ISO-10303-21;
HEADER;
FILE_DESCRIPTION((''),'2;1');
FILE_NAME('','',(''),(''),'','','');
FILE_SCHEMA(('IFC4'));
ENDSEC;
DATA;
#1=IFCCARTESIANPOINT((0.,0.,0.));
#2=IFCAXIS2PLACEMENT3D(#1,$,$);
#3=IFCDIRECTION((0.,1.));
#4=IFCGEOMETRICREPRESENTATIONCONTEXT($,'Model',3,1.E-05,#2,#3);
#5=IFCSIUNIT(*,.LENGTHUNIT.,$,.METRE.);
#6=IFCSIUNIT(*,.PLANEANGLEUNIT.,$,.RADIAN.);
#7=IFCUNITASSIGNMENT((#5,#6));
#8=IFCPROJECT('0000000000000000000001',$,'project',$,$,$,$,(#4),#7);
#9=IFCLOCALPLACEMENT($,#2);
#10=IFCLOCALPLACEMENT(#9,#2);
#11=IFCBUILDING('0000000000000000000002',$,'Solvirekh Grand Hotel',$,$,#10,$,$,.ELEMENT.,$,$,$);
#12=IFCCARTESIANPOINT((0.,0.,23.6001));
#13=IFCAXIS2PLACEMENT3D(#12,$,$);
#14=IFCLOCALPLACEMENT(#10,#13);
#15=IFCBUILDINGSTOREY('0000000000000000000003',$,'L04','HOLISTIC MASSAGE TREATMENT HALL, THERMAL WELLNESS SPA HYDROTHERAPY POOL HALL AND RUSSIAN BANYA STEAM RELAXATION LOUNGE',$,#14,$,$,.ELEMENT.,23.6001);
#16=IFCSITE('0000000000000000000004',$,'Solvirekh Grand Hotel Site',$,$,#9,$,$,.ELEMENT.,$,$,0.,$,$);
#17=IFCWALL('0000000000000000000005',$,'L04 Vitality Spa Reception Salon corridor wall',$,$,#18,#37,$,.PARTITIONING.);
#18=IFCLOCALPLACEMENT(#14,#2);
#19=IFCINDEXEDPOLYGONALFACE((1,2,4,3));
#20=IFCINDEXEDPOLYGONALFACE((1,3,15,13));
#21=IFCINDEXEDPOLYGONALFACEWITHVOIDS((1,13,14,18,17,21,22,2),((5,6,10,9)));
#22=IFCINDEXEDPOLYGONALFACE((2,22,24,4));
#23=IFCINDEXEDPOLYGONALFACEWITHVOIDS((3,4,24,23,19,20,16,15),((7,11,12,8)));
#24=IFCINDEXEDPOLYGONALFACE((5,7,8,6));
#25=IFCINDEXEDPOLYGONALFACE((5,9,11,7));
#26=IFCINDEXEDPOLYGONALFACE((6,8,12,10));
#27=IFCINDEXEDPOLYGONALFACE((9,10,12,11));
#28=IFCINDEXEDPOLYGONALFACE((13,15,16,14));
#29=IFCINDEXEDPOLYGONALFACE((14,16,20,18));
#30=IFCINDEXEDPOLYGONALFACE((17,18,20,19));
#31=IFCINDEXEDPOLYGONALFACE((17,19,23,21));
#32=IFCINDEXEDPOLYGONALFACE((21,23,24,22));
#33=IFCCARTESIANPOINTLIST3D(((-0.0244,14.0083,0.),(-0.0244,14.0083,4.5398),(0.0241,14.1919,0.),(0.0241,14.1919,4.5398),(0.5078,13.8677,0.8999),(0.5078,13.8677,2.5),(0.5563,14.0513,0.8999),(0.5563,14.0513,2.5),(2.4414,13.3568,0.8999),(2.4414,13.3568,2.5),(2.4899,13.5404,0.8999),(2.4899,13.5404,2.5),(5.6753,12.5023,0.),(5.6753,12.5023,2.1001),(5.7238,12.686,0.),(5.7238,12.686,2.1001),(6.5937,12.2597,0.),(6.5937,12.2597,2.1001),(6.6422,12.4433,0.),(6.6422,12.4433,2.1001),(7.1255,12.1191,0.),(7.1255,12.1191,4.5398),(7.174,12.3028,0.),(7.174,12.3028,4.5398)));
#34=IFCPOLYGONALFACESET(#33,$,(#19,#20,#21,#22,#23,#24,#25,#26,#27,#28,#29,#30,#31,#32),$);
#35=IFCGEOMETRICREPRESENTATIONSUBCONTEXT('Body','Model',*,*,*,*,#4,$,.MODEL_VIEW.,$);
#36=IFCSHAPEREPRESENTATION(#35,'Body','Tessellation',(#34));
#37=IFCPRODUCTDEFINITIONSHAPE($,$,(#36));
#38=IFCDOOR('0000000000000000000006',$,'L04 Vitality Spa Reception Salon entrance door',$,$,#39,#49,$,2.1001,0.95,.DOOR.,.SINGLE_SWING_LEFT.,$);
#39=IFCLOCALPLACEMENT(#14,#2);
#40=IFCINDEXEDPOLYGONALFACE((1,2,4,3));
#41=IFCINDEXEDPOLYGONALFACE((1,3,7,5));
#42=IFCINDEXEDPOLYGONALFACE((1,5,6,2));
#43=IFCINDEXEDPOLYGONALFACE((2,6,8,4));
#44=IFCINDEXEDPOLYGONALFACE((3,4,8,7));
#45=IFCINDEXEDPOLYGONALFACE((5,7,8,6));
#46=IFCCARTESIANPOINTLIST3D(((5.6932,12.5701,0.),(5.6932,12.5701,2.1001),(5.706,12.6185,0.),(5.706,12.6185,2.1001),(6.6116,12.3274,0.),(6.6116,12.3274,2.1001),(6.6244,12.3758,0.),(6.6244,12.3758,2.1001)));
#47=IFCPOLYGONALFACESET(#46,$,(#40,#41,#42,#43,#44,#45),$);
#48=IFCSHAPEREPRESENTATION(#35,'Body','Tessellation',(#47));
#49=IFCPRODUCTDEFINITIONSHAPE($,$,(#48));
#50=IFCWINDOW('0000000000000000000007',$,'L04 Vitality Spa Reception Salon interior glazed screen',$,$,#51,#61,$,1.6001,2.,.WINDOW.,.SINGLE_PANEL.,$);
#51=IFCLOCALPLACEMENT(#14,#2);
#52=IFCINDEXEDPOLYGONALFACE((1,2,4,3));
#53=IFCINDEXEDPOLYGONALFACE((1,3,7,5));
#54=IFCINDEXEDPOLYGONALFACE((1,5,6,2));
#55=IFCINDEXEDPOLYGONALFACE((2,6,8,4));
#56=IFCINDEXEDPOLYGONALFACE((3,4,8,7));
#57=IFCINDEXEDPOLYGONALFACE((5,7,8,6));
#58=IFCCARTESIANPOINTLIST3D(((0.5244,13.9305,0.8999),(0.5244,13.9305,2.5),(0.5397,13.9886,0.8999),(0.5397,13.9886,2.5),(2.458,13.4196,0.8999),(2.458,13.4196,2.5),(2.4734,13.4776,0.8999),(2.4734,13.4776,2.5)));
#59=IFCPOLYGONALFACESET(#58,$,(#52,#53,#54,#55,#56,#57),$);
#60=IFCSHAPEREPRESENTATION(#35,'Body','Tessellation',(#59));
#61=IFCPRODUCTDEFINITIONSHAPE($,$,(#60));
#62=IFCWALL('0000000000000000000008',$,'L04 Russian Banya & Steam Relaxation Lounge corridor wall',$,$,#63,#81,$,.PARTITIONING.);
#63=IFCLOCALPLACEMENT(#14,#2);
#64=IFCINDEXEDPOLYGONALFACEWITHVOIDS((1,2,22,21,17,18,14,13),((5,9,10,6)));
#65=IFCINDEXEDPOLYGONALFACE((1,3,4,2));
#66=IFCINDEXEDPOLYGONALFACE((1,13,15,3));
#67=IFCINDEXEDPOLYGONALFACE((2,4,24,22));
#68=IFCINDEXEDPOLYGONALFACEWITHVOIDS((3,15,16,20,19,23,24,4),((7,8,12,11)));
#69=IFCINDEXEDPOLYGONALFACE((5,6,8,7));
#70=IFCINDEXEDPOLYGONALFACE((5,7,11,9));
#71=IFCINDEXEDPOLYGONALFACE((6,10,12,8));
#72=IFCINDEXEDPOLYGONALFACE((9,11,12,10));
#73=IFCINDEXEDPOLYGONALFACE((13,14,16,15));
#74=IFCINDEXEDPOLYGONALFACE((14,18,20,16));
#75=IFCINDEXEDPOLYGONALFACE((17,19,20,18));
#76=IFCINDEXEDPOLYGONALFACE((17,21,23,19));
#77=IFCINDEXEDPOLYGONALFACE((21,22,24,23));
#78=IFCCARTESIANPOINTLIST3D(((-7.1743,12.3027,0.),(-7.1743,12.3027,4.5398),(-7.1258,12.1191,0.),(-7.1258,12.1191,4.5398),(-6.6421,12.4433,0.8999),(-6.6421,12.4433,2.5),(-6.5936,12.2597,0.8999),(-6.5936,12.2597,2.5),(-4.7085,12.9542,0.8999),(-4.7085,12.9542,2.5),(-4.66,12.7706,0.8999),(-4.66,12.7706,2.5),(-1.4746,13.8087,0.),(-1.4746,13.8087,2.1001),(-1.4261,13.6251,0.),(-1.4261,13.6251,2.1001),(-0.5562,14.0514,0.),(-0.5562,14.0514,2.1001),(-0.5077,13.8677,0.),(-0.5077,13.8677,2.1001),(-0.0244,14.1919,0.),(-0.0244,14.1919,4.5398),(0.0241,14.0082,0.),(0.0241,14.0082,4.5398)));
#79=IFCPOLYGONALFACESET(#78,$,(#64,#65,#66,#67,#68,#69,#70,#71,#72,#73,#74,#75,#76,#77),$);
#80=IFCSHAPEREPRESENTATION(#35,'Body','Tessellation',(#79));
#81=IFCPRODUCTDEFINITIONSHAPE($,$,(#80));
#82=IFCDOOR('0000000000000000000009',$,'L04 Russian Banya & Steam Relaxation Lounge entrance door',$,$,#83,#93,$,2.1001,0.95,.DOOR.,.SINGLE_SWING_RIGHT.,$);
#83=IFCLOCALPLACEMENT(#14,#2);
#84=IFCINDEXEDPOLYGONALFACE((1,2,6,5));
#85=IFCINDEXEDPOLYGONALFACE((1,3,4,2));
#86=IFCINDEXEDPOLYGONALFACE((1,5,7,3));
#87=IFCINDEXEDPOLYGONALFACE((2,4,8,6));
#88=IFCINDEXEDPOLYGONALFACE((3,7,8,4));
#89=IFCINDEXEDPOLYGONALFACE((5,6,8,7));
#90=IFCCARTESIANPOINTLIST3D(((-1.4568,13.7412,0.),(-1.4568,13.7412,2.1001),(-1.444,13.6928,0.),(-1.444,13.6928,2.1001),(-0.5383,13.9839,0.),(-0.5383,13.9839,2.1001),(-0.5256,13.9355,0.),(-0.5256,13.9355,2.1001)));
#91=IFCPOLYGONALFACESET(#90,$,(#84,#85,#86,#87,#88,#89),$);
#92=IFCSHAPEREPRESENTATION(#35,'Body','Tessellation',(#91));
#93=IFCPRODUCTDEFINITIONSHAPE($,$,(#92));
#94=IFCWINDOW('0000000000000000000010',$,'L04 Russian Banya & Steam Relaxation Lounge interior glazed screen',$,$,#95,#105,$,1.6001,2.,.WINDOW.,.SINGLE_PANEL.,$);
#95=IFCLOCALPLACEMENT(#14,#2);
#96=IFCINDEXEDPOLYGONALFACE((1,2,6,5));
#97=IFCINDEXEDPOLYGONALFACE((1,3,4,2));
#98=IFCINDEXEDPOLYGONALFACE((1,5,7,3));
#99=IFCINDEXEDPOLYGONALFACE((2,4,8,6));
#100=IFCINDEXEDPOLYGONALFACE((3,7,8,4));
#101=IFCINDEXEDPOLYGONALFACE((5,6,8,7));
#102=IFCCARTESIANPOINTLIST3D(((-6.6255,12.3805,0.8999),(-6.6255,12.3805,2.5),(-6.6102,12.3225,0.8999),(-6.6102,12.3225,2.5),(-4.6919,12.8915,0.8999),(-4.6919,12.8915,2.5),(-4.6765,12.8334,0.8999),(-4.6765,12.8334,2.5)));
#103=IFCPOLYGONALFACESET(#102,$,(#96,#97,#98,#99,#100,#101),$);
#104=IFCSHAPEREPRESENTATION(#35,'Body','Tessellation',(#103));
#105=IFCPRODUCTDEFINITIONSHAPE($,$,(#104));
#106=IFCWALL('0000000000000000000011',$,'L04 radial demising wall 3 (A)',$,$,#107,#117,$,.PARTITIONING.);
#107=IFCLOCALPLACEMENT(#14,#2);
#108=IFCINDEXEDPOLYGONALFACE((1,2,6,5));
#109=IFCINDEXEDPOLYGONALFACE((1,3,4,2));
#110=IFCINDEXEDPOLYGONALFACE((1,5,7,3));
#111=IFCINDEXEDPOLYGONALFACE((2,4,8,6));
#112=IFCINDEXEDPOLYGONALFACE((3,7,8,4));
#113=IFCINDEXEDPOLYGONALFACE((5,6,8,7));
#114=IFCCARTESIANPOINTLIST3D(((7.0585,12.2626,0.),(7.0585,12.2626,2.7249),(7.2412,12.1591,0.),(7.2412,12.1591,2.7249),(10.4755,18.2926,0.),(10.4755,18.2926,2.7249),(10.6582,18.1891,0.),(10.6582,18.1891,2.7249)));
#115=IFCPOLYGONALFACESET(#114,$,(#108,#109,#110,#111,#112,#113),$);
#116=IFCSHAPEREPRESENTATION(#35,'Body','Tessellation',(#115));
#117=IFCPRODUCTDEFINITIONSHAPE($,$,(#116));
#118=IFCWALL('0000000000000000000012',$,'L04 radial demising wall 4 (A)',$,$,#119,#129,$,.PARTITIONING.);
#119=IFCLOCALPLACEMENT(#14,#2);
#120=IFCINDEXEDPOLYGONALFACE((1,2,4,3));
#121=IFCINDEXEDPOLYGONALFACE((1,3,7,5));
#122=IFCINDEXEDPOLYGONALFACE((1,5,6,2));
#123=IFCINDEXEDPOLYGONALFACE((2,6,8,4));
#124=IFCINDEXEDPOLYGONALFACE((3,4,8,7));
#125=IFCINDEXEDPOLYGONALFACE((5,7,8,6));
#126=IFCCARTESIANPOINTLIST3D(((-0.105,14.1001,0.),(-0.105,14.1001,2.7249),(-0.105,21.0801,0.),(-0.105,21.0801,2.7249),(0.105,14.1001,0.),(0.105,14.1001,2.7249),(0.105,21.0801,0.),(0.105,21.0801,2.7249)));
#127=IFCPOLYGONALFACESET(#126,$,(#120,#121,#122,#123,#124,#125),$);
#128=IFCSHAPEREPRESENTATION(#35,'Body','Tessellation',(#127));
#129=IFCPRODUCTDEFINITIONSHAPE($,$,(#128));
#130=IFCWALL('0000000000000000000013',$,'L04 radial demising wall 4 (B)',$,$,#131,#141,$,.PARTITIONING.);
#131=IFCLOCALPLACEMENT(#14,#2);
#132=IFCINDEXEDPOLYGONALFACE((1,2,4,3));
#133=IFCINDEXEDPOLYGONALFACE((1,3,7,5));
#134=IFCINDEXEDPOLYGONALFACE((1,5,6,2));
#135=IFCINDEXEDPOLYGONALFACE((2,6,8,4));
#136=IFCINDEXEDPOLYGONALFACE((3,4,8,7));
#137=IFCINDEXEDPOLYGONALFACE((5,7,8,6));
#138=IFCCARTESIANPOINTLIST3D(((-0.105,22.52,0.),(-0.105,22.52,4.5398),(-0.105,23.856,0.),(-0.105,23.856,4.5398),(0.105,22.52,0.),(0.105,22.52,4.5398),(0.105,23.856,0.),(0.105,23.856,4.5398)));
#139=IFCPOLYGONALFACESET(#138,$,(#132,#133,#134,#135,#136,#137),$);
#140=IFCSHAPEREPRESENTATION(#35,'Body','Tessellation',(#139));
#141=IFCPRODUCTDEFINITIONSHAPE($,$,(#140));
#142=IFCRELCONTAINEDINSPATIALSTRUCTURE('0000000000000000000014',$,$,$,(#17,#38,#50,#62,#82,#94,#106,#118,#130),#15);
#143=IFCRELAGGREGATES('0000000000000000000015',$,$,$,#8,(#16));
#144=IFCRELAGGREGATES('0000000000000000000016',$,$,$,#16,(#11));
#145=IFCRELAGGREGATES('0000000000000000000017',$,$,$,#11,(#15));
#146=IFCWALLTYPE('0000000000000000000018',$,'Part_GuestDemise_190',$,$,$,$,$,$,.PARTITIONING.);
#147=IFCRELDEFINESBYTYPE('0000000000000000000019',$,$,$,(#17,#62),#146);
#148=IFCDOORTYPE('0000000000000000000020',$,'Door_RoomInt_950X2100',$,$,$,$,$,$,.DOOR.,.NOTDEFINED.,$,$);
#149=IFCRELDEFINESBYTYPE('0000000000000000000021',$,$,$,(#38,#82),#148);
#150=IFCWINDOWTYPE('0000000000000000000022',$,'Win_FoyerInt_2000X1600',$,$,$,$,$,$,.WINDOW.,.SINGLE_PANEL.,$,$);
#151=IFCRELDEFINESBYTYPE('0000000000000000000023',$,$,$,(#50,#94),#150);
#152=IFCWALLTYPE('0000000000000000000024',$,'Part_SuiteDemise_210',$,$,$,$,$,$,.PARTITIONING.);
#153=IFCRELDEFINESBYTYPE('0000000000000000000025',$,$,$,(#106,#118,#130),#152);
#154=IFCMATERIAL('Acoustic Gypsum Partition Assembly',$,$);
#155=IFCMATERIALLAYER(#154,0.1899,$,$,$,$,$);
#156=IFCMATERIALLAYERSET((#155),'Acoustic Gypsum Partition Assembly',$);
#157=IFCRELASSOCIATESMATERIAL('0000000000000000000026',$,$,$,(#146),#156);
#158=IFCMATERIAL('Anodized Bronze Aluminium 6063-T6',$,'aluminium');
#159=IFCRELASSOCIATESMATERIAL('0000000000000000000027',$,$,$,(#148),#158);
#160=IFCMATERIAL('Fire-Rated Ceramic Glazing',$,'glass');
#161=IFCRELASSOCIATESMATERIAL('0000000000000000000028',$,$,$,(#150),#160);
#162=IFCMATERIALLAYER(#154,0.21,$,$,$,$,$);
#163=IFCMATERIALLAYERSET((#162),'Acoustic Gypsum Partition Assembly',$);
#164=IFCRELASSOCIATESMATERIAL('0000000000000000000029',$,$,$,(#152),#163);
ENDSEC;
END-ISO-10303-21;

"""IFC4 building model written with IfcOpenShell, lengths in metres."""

from ifc_helpers import new_model, si_unit, direction, frame, frame_2d, origin, place, context, subcontext, project, spatial, rectangle, extrude, material, layer, layer_set, type_object, element, fill, save


model = new_model("IFC4")

# Units and contexts
model_context = context("Model", 3, precision=1e-05, world=origin(), true_north=direction((0.0, 1.0)))
body_context = subcontext(model_context, "Body", "Model", "MODEL_VIEW")
ifc_project = project(units=[si_unit("LENGTHUNIT", "METRE"), si_unit("PLANEANGLEUNIT", "RADIAN")], contexts=[model_context])

# Site, building, storey
site_placement = place(None, origin())
site = spatial("IfcSite", under=ifc_project, at=site_placement, Name="Solvirekh Grand Hotel Site", CompositionType="ELEMENT", RefElevation=0.0)
building_placement = place(site_placement, origin())
building = spatial("IfcBuilding", under=site, at=building_placement, Name="Solvirekh Grand Hotel", CompositionType="ELEMENT")
storey_placement = place(building_placement, frame((0.0, 0.0, 23.6001)))
storey = spatial("IfcBuildingStorey", under=building, at=storey_placement, Name="L04", Description="HOLISTIC MASSAGE TREATMENT HALL, THERMAL WELLNESS SPA HYDROTHERAPY POOL HALL AND RUSSIAN BANYA STEAM RELAXATION LOUNGE", CompositionType="ELEMENT", Elevation=23.6001)

# Shared definitions
ifc_material_1 = material(Name="Anodized Bronze Aluminium 6063-T6", Category="aluminium")

# Walls, openings, doors, windows
ifc_material_2 = material(Name="Acoustic Gypsum Partition Assembly")
ifc_layer_1 = layer(ifc_material_2, 0.1899)
ifc_layer_set_1 = layer_set([ifc_layer_1], Name="Acoustic Gypsum Partition Assembly")
wall_type_1 = type_object("IfcWallType", Name="Part_GuestDemise_190", PredefinedType="PARTITIONING", material=ifc_layer_set_1)
wall_1_placement = place(storey_placement, frame((7.1499, 12.2109, 0.0), z_axis=(0.0, 0.0, 1.0), x_axis=(-0.966821, 0.255455, 0.0)))
wall_1 = element("IfcWall", 1, at=wall_1_placement, inside=storey, type_object=wall_type_1, Name="L04 Vitality Spa Reception Salon corridor wall", PredefinedType="PARTITIONING", context=body_context, shape_type="SweptSolid", body=[
    extrude(rectangle(XDim=7.3953, YDim=0.1899, at=frame_2d((3.6978, 0.0))), origin(), (0.0, 0.0, 1.0), 4.5398),
])
opening_1_placement = place(wall_1_placement, frame((0.55, 0.0, 0.0)))
opening_1 = element("IfcOpeningElement", 2, at=opening_1_placement, cuts=wall_1, PredefinedType="OPENING", context=body_context, shape_type="SweptSolid", body=[
    extrude(rectangle(XDim=0.95, YDim=2.1001, at=frame_2d((0.4751, 1.05))), frame((0.0, 0.105, 0.0), z_axis=(0.0, -1.0, 0.0), x_axis=(1.0, 0.0, 0.0)), (0.0, 0.0, 1.0), 0.21),
])
opening_2_placement = place(wall_1_placement, frame((4.845, 0.0, 0.8999)))
opening_2 = element("IfcOpeningElement", 3, at=opening_2_placement, cuts=wall_1, PredefinedType="OPENING", context=body_context, shape_type="SweptSolid", body=[
    extrude(rectangle(XDim=2.0, YDim=1.6001, at=frame_2d((1.0, 0.8))), frame((0.0, 0.105, 0.0), z_axis=(0.0, -1.0, 0.0), x_axis=(1.0, 0.0, 0.0)), (0.0, 0.0, 1.0), 0.21),
])
door_type_1 = type_object("IfcDoorType", Name="Door_RoomInt_950X2100", OperationType="NOTDEFINED", PredefinedType="DOOR", material=ifc_material_1)
door_1_placement = place(opening_1_placement, origin())
door_1 = element("IfcDoor", 4, at=door_1_placement, inside=storey, type_object=door_type_1, Name="L04 Vitality Spa Reception Salon entrance door", OperationType="SINGLE_SWING_LEFT", OverallHeight=2.1001, OverallWidth=0.95, PredefinedType="DOOR", context=body_context, shape_type="SweptSolid", body=[
    extrude(rectangle(XDim=0.95, YDim=2.1001, at=frame_2d((0.4751, 1.05))), frame((0.0, 0.0249, 0.0), z_axis=(0.0, -1.0, 0.0), x_axis=(1.0, 0.0, 0.0)), (0.0, 0.0, 1.0), 0.05),
])
fill(opening_1, door_1)
ifc_material_3 = material(Name="Fire-Rated Ceramic Glazing", Category="glass")
window_type = type_object("IfcWindowType", Name="Win_FoyerInt_2000X1600", PartitioningType="SINGLE_PANEL", PredefinedType="WINDOW", material=ifc_material_3)
window_1_placement = place(opening_2_placement, origin())
window_1 = element("IfcWindow", 5, at=window_1_placement, inside=storey, type_object=window_type, Name="L04 Vitality Spa Reception Salon interior glazed screen", OverallHeight=1.6001, OverallWidth=2.0, PartitioningType="SINGLE_PANEL", PredefinedType="WINDOW", context=body_context, shape_type="SweptSolid", body=[
    extrude(rectangle(XDim=2.0, YDim=1.6001, at=frame_2d((1.0, 0.8))), frame((0.0, 0.03, 0.0), z_axis=(0.0, -1.0, 0.0), x_axis=(1.0, 0.0, 0.0)), (0.0, 0.0, 1.0), 0.0601),
])
fill(opening_2, window_1)
wall_2_placement = place(storey_placement, frame((0.0, 14.1001, 0.0), z_axis=(0.0, 0.0, 1.0), x_axis=(-0.966821, -0.255455, 0.0)))
wall_2 = element("IfcWall", 6, at=wall_2_placement, inside=storey, type_object=wall_type_1, Name="L04 Russian Banya & Steam Relaxation Lounge corridor wall", PredefinedType="PARTITIONING", context=body_context, shape_type="SweptSolid", body=[
    extrude(rectangle(XDim=7.3953, YDim=0.1899, at=frame_2d((3.6978, 0.0))), origin(), (0.0, 0.0, 1.0), 4.5398),
])
opening_3_placement = place(wall_2_placement, frame((0.55, 0.0, 0.0)))
opening_3 = element("IfcOpeningElement", 7, at=opening_3_placement, cuts=wall_2, PredefinedType="OPENING", context=body_context, shape_type="SweptSolid", body=[
    extrude(rectangle(XDim=0.95, YDim=2.1001, at=frame_2d((0.4751, 1.05))), frame((0.0, 0.105, 0.0), z_axis=(0.0, -1.0, 0.0), x_axis=(1.0, 0.0, 0.0)), (0.0, 0.0, 1.0), 0.21),
])
opening_4_placement = place(wall_2_placement, frame((4.845, 0.0, 0.8999)))
opening_4 = element("IfcOpeningElement", 8, at=opening_4_placement, cuts=wall_2, PredefinedType="OPENING", context=body_context, shape_type="SweptSolid", body=[
    extrude(rectangle(XDim=2.0, YDim=1.6001, at=frame_2d((1.0, 0.8))), frame((0.0, 0.105, 0.0), z_axis=(0.0, -1.0, 0.0), x_axis=(1.0, 0.0, 0.0)), (0.0, 0.0, 1.0), 0.21),
])
door_2_placement = place(opening_3_placement, origin())
door_2 = element("IfcDoor", 9, at=door_2_placement, inside=storey, type_object=door_type_1, Name="L04 Russian Banya & Steam Relaxation Lounge entrance door", OperationType="SINGLE_SWING_RIGHT", OverallHeight=2.1001, OverallWidth=0.95, PredefinedType="DOOR", context=body_context, shape_type="SweptSolid", body=[
    extrude(rectangle(XDim=0.95, YDim=2.1001, at=frame_2d((0.4751, 1.05))), frame((0.0, 0.0249, 0.0), z_axis=(0.0, -1.0, 0.0), x_axis=(1.0, 0.0, 0.0)), (0.0, 0.0, 1.0), 0.05),
])
fill(opening_3, door_2)
window_2_placement = place(opening_4_placement, origin())
window_2 = element("IfcWindow", 10, at=window_2_placement, inside=storey, type_object=window_type, Name="L04 Russian Banya & Steam Relaxation Lounge interior glazed screen", OverallHeight=1.6001, OverallWidth=2.0, PartitioningType="SINGLE_PANEL", PredefinedType="WINDOW", context=body_context, shape_type="SweptSolid", body=[
    extrude(rectangle(XDim=2.0, YDim=1.6001, at=frame_2d((1.0, 0.8))), frame((0.0, 0.03, 0.0), z_axis=(0.0, -1.0, 0.0), x_axis=(1.0, 0.0, 0.0)), (0.0, 0.0, 1.0), 0.0601),
])
fill(opening_4, window_2)

# Walls
ifc_layer_2 = layer(ifc_material_2, 0.21)
ifc_layer_set_2 = layer_set([ifc_layer_2], Name="Acoustic Gypsum Partition Assembly")
wall_type_2 = type_object("IfcWallType", Name="Part_SuiteDemise_210", PredefinedType="PARTITIONING", material=ifc_layer_set_2)
wall_3_placement = place(storey_placement, frame((7.1499, 12.2109, 0.0), z_axis=(0.0, 0.0, 1.0), x_axis=(0.49301, 0.870024, 0.0)))
element("IfcWall", 11, at=wall_3_placement, inside=storey, type_object=wall_type_2, Name="L04 radial demising wall 3 (A)", PredefinedType="PARTITIONING", context=body_context, shape_type="SweptSolid", body=[
    extrude(rectangle(XDim=6.9309, YDim=0.21, at=frame_2d((3.4653, 0.0))), origin(), (0.0, 0.0, 1.0), 2.7249),
])
wall_4_placement = place(storey_placement, frame((0.0, 14.1001, 0.0), z_axis=(0.0, 0.0, 1.0), x_axis=(0.0, 1.0, 0.0)))
element("IfcWall", 12, at=wall_4_placement, inside=storey, type_object=wall_type_2, Name="L04 radial demising wall 4 (A)", PredefinedType="PARTITIONING", context=body_context, shape_type="SweptSolid", body=[
    extrude(rectangle(XDim=6.98, YDim=0.21, at=frame_2d((3.49, 0.0))), origin(), (0.0, 0.0, 1.0), 2.7249),
])
wall_5_placement = place(storey_placement, frame((0.0, 22.52, 0.0), z_axis=(0.0, 0.0, 1.0), x_axis=(0.0, 1.0, 0.0)))
element("IfcWall", 13, at=wall_5_placement, inside=storey, type_object=wall_type_2, Name="L04 radial demising wall 4 (B)", PredefinedType="PARTITIONING", context=body_context, shape_type="SweptSolid", body=[
    extrude(rectangle(XDim=1.3359, YDim=0.21, at=frame_2d((0.668, 0.0))), origin(), (0.0, 0.0, 1.0), 4.5398),
])

save(model, "model.ifc")
